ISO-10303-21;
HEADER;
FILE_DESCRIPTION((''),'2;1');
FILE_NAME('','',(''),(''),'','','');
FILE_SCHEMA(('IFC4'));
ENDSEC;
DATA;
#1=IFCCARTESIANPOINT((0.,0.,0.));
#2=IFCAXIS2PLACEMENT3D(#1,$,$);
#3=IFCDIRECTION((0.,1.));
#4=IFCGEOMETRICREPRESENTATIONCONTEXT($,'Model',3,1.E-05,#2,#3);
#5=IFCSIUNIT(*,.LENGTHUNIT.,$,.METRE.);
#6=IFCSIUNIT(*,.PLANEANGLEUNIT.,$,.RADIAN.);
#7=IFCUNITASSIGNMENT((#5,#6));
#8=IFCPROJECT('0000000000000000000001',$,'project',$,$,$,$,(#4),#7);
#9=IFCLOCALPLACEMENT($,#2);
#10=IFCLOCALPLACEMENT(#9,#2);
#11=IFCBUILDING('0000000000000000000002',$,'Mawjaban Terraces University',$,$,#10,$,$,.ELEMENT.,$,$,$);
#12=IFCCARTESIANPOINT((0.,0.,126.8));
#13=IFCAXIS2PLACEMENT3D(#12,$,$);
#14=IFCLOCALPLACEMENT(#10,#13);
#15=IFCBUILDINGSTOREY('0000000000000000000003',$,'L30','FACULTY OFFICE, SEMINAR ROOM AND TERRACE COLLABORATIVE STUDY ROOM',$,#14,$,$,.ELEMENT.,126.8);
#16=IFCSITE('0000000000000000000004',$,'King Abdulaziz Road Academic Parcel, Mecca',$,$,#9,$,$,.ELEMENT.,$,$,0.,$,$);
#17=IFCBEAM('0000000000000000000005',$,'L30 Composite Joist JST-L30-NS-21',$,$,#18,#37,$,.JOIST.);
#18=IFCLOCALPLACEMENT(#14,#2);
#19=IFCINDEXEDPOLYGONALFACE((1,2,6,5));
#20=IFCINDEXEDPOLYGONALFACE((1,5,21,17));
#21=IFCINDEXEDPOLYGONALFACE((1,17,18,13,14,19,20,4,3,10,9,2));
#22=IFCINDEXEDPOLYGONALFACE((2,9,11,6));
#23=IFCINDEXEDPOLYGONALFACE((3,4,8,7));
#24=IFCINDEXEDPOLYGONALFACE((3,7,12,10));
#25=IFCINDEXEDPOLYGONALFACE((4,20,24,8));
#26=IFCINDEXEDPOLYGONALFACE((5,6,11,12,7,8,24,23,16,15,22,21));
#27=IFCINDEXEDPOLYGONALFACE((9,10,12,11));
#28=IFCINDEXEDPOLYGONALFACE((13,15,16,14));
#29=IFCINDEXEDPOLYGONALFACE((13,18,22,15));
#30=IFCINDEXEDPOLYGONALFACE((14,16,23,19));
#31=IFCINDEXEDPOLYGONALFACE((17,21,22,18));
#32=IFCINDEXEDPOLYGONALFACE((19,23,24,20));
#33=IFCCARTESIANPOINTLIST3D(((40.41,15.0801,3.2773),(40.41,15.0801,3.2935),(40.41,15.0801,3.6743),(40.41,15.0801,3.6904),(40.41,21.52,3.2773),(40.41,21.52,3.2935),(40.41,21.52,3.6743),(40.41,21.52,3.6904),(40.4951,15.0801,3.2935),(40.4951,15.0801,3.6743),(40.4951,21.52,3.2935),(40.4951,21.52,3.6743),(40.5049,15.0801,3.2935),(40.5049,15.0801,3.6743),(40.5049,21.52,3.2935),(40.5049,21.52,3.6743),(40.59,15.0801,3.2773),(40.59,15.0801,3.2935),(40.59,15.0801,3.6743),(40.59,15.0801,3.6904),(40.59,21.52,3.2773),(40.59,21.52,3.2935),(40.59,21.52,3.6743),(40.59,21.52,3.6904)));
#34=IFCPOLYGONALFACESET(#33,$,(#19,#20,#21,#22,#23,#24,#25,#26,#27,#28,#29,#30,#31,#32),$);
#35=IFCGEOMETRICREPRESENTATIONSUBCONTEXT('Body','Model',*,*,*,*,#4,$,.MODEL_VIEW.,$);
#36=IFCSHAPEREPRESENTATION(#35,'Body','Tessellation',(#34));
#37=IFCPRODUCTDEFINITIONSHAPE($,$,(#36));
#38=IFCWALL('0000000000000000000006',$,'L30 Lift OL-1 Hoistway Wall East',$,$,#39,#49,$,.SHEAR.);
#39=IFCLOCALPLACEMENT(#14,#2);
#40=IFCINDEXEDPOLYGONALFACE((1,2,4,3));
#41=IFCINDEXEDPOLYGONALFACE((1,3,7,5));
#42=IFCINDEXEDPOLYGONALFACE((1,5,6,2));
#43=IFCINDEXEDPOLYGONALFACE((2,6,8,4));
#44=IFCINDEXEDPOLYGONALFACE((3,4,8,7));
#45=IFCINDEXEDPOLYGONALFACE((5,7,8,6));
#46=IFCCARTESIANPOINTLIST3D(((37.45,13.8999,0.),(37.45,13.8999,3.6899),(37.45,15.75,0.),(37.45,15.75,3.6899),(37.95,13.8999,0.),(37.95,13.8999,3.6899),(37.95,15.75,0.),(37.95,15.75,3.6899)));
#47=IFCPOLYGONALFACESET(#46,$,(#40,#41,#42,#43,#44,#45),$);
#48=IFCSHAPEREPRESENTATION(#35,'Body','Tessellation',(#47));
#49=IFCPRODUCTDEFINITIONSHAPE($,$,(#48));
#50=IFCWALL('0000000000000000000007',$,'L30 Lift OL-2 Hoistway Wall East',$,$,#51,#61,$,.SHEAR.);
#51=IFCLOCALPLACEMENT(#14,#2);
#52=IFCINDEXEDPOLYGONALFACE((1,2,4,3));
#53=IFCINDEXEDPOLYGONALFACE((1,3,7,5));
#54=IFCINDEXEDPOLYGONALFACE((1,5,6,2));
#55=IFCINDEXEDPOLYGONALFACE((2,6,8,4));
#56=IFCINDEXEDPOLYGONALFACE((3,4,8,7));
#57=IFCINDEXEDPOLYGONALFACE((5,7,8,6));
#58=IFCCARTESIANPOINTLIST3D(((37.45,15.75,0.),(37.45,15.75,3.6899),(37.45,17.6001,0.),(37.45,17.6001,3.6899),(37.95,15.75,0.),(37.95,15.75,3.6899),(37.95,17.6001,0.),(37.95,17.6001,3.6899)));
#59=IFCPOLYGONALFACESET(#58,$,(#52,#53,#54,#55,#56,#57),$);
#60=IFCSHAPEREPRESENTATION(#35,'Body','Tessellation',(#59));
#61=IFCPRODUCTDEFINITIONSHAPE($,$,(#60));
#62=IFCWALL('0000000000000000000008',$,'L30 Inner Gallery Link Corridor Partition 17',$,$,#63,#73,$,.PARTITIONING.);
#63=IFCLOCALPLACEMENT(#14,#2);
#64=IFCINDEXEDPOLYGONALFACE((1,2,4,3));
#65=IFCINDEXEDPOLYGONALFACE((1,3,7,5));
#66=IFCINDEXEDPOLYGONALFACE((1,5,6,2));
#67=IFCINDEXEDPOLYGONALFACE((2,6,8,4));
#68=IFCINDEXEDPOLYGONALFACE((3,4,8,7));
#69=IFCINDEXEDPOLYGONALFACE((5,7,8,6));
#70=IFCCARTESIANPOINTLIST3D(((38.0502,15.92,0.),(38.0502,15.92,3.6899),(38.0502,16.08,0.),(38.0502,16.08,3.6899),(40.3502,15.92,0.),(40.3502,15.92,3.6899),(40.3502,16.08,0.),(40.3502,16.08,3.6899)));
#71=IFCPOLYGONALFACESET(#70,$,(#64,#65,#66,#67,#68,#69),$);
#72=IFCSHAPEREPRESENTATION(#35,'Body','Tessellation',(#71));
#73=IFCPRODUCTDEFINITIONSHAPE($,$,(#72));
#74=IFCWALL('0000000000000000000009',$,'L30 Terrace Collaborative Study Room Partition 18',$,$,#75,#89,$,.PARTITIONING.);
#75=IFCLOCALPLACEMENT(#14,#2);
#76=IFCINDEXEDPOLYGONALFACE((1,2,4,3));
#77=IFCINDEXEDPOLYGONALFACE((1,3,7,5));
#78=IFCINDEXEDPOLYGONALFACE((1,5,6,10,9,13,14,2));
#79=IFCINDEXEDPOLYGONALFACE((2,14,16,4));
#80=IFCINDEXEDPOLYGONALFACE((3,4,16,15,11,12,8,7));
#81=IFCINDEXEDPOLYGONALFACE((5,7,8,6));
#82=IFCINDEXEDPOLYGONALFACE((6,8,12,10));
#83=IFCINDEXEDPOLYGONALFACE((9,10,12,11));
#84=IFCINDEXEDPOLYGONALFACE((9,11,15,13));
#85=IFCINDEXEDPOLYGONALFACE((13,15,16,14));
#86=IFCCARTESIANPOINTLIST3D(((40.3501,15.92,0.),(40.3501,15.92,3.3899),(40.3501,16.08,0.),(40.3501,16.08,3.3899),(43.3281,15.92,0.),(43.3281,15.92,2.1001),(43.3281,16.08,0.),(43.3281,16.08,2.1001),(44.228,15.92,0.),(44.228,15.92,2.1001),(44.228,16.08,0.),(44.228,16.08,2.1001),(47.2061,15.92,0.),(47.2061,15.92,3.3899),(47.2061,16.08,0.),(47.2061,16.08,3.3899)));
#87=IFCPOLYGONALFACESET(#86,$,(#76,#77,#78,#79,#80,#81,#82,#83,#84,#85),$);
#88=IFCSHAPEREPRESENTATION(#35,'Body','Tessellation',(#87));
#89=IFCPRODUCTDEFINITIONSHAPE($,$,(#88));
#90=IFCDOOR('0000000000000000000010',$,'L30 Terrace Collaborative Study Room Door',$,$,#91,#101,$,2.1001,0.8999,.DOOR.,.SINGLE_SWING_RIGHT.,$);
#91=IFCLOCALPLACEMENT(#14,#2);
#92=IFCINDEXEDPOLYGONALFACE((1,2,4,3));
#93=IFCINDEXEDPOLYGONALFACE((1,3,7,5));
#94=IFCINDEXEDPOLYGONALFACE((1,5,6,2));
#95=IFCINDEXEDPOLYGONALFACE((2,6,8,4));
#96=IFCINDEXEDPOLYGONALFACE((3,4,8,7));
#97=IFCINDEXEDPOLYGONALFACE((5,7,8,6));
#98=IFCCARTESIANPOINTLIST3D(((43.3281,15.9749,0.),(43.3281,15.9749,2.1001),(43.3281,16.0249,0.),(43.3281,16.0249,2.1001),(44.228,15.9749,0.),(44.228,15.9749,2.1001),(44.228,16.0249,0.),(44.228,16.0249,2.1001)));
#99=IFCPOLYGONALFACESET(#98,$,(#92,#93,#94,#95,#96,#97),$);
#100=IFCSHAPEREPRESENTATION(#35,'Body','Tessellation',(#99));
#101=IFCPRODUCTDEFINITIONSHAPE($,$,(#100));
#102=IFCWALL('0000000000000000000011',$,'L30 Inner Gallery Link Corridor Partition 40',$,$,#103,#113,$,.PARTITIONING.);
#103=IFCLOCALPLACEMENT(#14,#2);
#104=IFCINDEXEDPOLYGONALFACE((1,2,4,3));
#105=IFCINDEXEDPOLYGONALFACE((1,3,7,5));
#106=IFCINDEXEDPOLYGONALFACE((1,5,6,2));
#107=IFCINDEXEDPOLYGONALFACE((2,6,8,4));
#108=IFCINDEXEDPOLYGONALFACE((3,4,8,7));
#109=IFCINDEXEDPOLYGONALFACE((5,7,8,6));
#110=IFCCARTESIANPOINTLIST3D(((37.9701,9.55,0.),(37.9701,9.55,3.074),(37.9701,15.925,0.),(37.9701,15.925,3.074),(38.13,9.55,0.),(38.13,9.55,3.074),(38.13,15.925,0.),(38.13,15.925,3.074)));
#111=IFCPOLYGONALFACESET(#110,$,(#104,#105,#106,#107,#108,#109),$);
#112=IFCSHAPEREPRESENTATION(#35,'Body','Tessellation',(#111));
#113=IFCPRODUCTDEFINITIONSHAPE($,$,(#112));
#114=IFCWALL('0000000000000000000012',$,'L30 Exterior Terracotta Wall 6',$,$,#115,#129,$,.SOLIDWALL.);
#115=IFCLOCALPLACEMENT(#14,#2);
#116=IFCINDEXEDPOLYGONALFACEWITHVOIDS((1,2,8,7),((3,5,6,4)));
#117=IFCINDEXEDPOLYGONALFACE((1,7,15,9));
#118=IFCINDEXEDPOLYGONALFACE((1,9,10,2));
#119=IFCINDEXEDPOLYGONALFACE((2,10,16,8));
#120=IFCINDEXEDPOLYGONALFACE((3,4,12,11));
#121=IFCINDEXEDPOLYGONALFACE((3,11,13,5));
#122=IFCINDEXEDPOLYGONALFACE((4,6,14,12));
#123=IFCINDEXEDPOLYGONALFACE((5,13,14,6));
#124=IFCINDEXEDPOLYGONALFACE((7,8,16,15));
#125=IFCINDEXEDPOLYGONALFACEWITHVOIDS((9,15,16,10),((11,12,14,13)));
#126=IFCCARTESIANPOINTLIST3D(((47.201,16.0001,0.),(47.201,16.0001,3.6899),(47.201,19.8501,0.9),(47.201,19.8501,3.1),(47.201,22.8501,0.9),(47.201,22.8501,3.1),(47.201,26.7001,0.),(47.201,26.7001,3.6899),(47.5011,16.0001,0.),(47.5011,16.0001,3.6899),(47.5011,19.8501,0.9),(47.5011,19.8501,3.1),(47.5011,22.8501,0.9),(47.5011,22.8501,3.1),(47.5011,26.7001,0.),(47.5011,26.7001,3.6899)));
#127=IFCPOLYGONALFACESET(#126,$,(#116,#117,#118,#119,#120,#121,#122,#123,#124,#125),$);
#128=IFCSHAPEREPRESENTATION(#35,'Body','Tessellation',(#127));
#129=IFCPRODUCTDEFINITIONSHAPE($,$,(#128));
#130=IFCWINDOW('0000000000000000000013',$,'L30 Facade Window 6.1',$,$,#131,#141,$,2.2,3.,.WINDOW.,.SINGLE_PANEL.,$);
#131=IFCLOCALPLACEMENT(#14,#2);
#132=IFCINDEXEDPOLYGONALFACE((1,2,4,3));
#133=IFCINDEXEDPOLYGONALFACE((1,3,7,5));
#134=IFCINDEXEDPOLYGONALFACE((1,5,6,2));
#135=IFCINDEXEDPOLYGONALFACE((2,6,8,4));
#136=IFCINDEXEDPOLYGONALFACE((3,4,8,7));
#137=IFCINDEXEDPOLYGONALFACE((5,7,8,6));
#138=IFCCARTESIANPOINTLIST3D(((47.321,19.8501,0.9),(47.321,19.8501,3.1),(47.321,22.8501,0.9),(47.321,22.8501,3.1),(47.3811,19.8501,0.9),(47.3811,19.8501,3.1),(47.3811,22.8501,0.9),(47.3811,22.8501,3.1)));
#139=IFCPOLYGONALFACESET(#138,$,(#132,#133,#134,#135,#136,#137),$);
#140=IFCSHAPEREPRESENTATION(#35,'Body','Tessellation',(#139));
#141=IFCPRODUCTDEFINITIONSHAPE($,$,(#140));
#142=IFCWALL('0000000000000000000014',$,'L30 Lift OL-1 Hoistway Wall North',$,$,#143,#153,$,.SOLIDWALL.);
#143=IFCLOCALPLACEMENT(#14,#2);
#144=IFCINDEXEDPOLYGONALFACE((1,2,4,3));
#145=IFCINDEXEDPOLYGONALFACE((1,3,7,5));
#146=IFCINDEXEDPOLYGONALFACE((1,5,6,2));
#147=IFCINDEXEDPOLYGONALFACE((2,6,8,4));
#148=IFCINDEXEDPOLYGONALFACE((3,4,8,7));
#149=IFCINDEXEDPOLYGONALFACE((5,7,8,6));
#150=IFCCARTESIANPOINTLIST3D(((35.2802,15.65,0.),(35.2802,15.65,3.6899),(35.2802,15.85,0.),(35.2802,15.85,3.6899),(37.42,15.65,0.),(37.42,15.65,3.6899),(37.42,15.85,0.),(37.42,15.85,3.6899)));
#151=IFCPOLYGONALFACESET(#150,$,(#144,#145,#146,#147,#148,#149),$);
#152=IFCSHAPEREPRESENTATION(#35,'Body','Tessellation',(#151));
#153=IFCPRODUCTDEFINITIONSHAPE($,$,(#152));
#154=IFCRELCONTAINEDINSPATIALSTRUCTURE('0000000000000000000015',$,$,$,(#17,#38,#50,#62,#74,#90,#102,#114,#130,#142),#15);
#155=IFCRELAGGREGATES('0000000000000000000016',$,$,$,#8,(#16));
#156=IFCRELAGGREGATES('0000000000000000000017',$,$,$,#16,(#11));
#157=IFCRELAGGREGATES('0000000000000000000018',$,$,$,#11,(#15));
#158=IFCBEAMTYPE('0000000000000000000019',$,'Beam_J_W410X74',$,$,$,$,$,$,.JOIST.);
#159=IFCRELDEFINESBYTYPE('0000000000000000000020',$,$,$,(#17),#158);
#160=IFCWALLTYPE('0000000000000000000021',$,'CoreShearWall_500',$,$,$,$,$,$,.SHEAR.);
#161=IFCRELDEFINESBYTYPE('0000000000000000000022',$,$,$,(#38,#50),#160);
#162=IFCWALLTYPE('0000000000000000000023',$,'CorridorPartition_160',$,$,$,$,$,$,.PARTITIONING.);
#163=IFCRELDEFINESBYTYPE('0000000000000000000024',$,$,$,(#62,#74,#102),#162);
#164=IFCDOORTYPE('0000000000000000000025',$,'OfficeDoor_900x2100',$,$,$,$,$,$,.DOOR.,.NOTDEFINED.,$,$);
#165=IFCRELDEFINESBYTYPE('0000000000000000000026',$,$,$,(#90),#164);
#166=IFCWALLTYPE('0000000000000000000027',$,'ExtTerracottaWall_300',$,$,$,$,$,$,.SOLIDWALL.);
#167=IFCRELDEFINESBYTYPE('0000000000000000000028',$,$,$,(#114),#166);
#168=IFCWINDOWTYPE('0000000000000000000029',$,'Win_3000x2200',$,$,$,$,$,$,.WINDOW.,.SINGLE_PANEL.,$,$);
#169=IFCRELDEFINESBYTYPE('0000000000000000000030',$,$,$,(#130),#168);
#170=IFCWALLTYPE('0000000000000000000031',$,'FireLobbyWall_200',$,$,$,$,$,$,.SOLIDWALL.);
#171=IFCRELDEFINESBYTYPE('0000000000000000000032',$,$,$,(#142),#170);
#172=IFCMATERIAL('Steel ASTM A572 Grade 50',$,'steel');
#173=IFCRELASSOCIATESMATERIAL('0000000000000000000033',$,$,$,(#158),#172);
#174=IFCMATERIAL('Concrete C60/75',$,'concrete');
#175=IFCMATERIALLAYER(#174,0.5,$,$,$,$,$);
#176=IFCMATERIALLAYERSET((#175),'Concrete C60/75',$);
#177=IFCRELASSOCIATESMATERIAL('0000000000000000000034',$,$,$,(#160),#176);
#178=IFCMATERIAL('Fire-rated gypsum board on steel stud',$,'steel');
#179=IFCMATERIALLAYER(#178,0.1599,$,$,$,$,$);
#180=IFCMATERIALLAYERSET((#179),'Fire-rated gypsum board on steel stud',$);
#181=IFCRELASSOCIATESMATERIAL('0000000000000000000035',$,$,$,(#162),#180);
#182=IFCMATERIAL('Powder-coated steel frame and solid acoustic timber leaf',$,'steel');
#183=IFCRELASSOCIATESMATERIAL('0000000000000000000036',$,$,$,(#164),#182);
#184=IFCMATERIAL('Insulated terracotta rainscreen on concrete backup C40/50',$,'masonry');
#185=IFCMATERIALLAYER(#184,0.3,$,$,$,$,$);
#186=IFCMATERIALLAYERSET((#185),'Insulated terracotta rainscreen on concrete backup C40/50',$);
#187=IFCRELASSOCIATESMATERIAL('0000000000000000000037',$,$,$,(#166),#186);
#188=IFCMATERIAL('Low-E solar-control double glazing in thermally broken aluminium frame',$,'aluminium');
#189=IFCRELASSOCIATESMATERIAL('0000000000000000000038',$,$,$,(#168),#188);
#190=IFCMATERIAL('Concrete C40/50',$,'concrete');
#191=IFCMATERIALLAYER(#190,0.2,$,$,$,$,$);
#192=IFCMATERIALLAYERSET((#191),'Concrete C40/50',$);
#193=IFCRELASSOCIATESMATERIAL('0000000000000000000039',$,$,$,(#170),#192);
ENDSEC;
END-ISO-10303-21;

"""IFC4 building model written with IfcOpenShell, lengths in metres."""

from ifc_helpers import new_model, si_unit, direction, frame, frame_2d, origin, origin_2d, place, context, subcontext, project, spatial, rectangle, i_section, extrude, material, layer, layer_set, material_profile, profile_set, type_object, element, fill, save


model = new_model("IFC4")

# Units and contexts
model_context = context("Model", 3, precision=1e-05, world=origin(), true_north=direction((0.0, 1.0)))
body_context = subcontext(model_context, "Body", "Model", "MODEL_VIEW")
ifc_project = project(units=[si_unit("LENGTHUNIT", "METRE"), si_unit("PLANEANGLEUNIT", "RADIAN")], contexts=[model_context])

# Site, building, storey
site_placement = place(None, origin())
site = spatial("IfcSite", under=ifc_project, at=site_placement, Name="King Abdulaziz Road Academic Parcel, Mecca", CompositionType="ELEMENT", RefElevation=0.0)
building_placement = place(site_placement, origin())
building = spatial("IfcBuilding", under=site, at=building_placement, Name="Mawjaban Terraces University", CompositionType="ELEMENT")
storey_placement = place(building_placement, frame((0.0, 0.0, 126.8)))
storey = spatial("IfcBuildingStorey", under=building, at=storey_placement, Name="L30", Description="FACULTY OFFICE, SEMINAR ROOM AND TERRACE COLLABORATIVE STUDY ROOM", CompositionType="ELEMENT", Elevation=126.8)

# Shared definitions
ifc_material_1 = material(Name="Concrete C60/75", Category="concrete")

# Beam
ifc_material_2 = material(Name="Steel ASTM A572 Grade 50", Category="steel")
ifc_material_profile_1 = material_profile(ifc_material_2, i_section(OverallWidth=0.1799, OverallDepth=0.4131, WebThickness=0.0098, FlangeThickness=0.0161, at=origin_2d()), Name="W410X74")
ifc_profile_set_1 = profile_set([ifc_material_profile_1], Name="Steel ASTM A572 Grade 50")
beam_type_1 = type_object("IfcBeamType", Name="Beam_J_W410X74", PredefinedType="JOIST", material=ifc_profile_set_1)
beam_1_placement = place(storey_placement, frame((40.5, 15.0801, 3.4839), z_axis=(0.0, 1.0, 0.0), x_axis=(-1.0, 0.0, 0.0)))
element("IfcBeam", 1, at=beam_1_placement, inside=storey, type_object=beam_type_1, Name="L30 Composite Joist JST-L30-NS-21", PredefinedType="JOIST", context=body_context, shape_type="SweptSolid", body=[
    extrude(i_section(OverallWidth=0.1799, OverallDepth=0.4131, WebThickness=0.0098, FlangeThickness=0.0161, at=origin_2d()), origin(), (0.0, 0.0, 1.0), 6.4399),
])

# Walls
ifc_layer_1 = layer(ifc_material_1, 0.5)
ifc_layer_set_1 = layer_set([ifc_layer_1], Name="Concrete C60/75")
wall_type_1 = type_object("IfcWallType", Name="CoreShearWall_500", PredefinedType="SHEAR", material=ifc_layer_set_1)
for number, where, z_axis, x_axis, name in (
    (2, (37.7, 13.8999, 0.0), (0.0, 0.0, 1.0), (0.0, 1.0, 0.0), "L30 Lift OL-1 Hoistway Wall East"),
    (3, (37.7, 15.75, 0.0), (0.0, 0.0, 1.0), (0.0, 1.0, 0.0), "L30 Lift OL-2 Hoistway Wall East"),
):
    element("IfcWall", number, at=place(storey_placement, frame(where, z_axis=z_axis, x_axis=x_axis)), inside=storey, type_object=wall_type_1, Name=name, PredefinedType="SHEAR", context=body_context, shape_type="SweptSolid", body=[
        extrude(rectangle(XDim=1.8501, YDim=0.5, at=frame_2d((0.925, 0.0))), origin(), (0.0, 0.0, 1.0), 3.6899),
    ])
ifc_material_3 = material(Name="Fire-rated gypsum board on steel stud", Category="steel")
ifc_layer_2 = layer(ifc_material_3, 0.1599)
ifc_layer_set_2 = layer_set([ifc_layer_2], Name="Fire-rated gypsum board on steel stud")
wall_type_2 = type_object("IfcWallType", Name="CorridorPartition_160", PredefinedType="PARTITIONING", material=ifc_layer_set_2)
wall_1_placement = place(storey_placement, frame((40.3501, 16.0, 0.0), z_axis=(0.0, 0.0, 1.0), x_axis=(-1.0, 0.0, 0.0)))
element("IfcWall", 4, at=wall_1_placement, inside=storey, type_object=wall_type_2, Name="L30 Inner Gallery Link Corridor Partition 17", PredefinedType="PARTITIONING", context=body_context, shape_type="SweptSolid", body=[
    extrude(rectangle(XDim=2.3, YDim=0.1599, at=frame_2d((1.1499, 0.0))), origin(), (0.0, 0.0, 1.0), 3.6899),
])

# Wall, opening, door
wall_2_placement = place(storey_placement, frame((40.3501, 16.0, 0.0), z_axis=(0.0, 0.0, 1.0), x_axis=(1.0, 0.0, 0.0)))
wall_2 = element("IfcWall", 5, at=wall_2_placement, inside=storey, type_object=wall_type_2, Name="L30 Terrace Collaborative Study Room Partition 18", PredefinedType="PARTITIONING", context=body_context, shape_type="SweptSolid", body=[
    extrude(rectangle(XDim=6.856, YDim=0.1599, at=frame_2d((3.428, 0.0))), origin(), (0.0, 0.0, 1.0), 3.3899),
])
opening_1_placement = place(wall_2_placement, frame((2.978, 0.0, 0.0)))
opening_1 = element("IfcOpeningElement", 6, at=opening_1_placement, cuts=wall_2, PredefinedType="OPENING", context=body_context, shape_type="SweptSolid", body=[
    extrude(rectangle(XDim=0.8999, YDim=2.1001, at=frame_2d((0.45, 1.05))), frame((0.0, 0.0898, 0.0), z_axis=(0.0, -1.0, 0.0), x_axis=(1.0, 0.0, 0.0)), (0.0, 0.0, 1.0), 0.1799),
])
ifc_material_4 = material(Name="Powder-coated steel frame and solid acoustic timber leaf", Category="steel")
door_type = type_object("IfcDoorType", Name="OfficeDoor_900x2100", OperationType="NOTDEFINED", PredefinedType="DOOR", material=ifc_material_4)
door_placement = place(opening_1_placement, origin())
door = element("IfcDoor", 7, at=door_placement, inside=storey, type_object=door_type, Name="L30 Terrace Collaborative Study Room Door", OperationType="SINGLE_SWING_RIGHT", OverallHeight=2.1001, OverallWidth=0.8999, PredefinedType="DOOR", context=body_context, shape_type="SweptSolid", body=[
    extrude(rectangle(XDim=0.8999, YDim=2.1001, at=frame_2d((0.45, 1.05))), frame((0.0, 0.0249, 0.0), z_axis=(0.0, -1.0, 0.0), x_axis=(1.0, 0.0, 0.0)), (0.0, 0.0, 1.0), 0.05),
])
fill(opening_1, door)

# Wall
wall_3_placement = place(storey_placement, frame((38.05, 15.925, 0.0), z_axis=(0.0, 0.0, 1.0), x_axis=(0.0, -1.0, 0.0)))
element("IfcWall", 8, at=wall_3_placement, inside=storey, type_object=wall_type_2, Name="L30 Inner Gallery Link Corridor Partition 40", PredefinedType="PARTITIONING", context=body_context, shape_type="SweptSolid", body=[
    extrude(rectangle(XDim=6.375, YDim=0.1599, at=frame_2d((3.1875, 0.0))), origin(), (0.0, 0.0, 1.0), 3.074),
])

# Wall, opening, window
ifc_material_5 = material(Name="Insulated terracotta rainscreen on concrete backup C40/50", Category="masonry")
ifc_layer_3 = layer(ifc_material_5, 0.3)
ifc_layer_set_3 = layer_set([ifc_layer_3], Name="Insulated terracotta rainscreen on concrete backup C40/50")
wall_type_3 = type_object("IfcWallType", Name="ExtTerracottaWall_300", PredefinedType="SOLIDWALL", material=ifc_layer_set_3)
wall_4_placement = place(storey_placement, frame((47.3511, 16.0, 0.0), z_axis=(0.0, 0.0, 1.0), x_axis=(0.0, 1.0, 0.0)))
wall_4 = element("IfcWall", 9, at=wall_4_placement, inside=storey, type_object=wall_type_3, Name="L30 Exterior Terracotta Wall 6", PredefinedType="SOLIDWALL", context=body_context, shape_type="SweptSolid", body=[
    extrude(rectangle(XDim=10.7, YDim=0.3, at=frame_2d((5.3501, 0.0))), origin(), (0.0, 0.0, 1.0), 3.6899),
])
opening_2_placement = place(wall_4_placement, frame((3.8501, 0.0, 0.8999)))
opening_2 = element("IfcOpeningElement", 10, at=opening_2_placement, cuts=wall_4, PredefinedType="OPENING", context=body_context, shape_type="SweptSolid", body=[
    extrude(rectangle(XDim=3.0, YDim=2.2, at=frame_2d((1.5, 1.1001))), frame((0.0, 0.1599, 0.0), z_axis=(0.0, -1.0, 0.0), x_axis=(1.0, 0.0, 0.0)), (0.0, 0.0, 1.0), 0.3201),
])
ifc_material_6 = material(Name="Low-E solar-control double glazing in thermally broken aluminium frame", Category="aluminium")
window_type = type_object("IfcWindowType", Name="Win_3000x2200", PartitioningType="SINGLE_PANEL", PredefinedType="WINDOW", material=ifc_material_6)
window_placement = place(opening_2_placement, origin())
window = element("IfcWindow", 11, at=window_placement, inside=storey, type_object=window_type, Name="L30 Facade Window 6.1", OverallHeight=2.2, OverallWidth=3.0, PartitioningType="SINGLE_PANEL", PredefinedType="WINDOW", context=body_context, shape_type="SweptSolid", body=[
    extrude(rectangle(XDim=3.0, YDim=2.2, at=frame_2d((1.5, 1.1001))), frame((0.0, 0.03, 0.0), z_axis=(0.0, -1.0, 0.0), x_axis=(1.0, 0.0, 0.0)), (0.0, 0.0, 1.0), 0.0601),
])
fill(opening_2, window)

# Wall
ifc_material_7 = material(Name="Concrete C40/50", Category="concrete")
ifc_layer_4 = layer(ifc_material_7, 0.2)
ifc_layer_set_4 = layer_set([ifc_layer_4], Name="Concrete C40/50")
wall_type_4 = type_object("IfcWallType", Name="FireLobbyWall_200", PredefinedType="SOLIDWALL", material=ifc_layer_set_4)
wall_5_placement = place(storey_placement, frame((37.4199, 15.75, 0.0), z_axis=(0.0, 0.0, 1.0), x_axis=(-1.0, 0.0, 0.0)))
element("IfcWall", 12, at=wall_5_placement, inside=storey, type_object=wall_type_4, Name="L30 Lift OL-1 Hoistway Wall North", PredefinedType="SOLIDWALL", context=body_context, shape_type="SweptSolid", body=[
    extrude(rectangle(XDim=2.1399, YDim=0.2, at=frame_2d((1.0698, 0.0))), origin(), (0.0, 0.0, 1.0), 3.6899),
])

save(model, "model.ifc")
